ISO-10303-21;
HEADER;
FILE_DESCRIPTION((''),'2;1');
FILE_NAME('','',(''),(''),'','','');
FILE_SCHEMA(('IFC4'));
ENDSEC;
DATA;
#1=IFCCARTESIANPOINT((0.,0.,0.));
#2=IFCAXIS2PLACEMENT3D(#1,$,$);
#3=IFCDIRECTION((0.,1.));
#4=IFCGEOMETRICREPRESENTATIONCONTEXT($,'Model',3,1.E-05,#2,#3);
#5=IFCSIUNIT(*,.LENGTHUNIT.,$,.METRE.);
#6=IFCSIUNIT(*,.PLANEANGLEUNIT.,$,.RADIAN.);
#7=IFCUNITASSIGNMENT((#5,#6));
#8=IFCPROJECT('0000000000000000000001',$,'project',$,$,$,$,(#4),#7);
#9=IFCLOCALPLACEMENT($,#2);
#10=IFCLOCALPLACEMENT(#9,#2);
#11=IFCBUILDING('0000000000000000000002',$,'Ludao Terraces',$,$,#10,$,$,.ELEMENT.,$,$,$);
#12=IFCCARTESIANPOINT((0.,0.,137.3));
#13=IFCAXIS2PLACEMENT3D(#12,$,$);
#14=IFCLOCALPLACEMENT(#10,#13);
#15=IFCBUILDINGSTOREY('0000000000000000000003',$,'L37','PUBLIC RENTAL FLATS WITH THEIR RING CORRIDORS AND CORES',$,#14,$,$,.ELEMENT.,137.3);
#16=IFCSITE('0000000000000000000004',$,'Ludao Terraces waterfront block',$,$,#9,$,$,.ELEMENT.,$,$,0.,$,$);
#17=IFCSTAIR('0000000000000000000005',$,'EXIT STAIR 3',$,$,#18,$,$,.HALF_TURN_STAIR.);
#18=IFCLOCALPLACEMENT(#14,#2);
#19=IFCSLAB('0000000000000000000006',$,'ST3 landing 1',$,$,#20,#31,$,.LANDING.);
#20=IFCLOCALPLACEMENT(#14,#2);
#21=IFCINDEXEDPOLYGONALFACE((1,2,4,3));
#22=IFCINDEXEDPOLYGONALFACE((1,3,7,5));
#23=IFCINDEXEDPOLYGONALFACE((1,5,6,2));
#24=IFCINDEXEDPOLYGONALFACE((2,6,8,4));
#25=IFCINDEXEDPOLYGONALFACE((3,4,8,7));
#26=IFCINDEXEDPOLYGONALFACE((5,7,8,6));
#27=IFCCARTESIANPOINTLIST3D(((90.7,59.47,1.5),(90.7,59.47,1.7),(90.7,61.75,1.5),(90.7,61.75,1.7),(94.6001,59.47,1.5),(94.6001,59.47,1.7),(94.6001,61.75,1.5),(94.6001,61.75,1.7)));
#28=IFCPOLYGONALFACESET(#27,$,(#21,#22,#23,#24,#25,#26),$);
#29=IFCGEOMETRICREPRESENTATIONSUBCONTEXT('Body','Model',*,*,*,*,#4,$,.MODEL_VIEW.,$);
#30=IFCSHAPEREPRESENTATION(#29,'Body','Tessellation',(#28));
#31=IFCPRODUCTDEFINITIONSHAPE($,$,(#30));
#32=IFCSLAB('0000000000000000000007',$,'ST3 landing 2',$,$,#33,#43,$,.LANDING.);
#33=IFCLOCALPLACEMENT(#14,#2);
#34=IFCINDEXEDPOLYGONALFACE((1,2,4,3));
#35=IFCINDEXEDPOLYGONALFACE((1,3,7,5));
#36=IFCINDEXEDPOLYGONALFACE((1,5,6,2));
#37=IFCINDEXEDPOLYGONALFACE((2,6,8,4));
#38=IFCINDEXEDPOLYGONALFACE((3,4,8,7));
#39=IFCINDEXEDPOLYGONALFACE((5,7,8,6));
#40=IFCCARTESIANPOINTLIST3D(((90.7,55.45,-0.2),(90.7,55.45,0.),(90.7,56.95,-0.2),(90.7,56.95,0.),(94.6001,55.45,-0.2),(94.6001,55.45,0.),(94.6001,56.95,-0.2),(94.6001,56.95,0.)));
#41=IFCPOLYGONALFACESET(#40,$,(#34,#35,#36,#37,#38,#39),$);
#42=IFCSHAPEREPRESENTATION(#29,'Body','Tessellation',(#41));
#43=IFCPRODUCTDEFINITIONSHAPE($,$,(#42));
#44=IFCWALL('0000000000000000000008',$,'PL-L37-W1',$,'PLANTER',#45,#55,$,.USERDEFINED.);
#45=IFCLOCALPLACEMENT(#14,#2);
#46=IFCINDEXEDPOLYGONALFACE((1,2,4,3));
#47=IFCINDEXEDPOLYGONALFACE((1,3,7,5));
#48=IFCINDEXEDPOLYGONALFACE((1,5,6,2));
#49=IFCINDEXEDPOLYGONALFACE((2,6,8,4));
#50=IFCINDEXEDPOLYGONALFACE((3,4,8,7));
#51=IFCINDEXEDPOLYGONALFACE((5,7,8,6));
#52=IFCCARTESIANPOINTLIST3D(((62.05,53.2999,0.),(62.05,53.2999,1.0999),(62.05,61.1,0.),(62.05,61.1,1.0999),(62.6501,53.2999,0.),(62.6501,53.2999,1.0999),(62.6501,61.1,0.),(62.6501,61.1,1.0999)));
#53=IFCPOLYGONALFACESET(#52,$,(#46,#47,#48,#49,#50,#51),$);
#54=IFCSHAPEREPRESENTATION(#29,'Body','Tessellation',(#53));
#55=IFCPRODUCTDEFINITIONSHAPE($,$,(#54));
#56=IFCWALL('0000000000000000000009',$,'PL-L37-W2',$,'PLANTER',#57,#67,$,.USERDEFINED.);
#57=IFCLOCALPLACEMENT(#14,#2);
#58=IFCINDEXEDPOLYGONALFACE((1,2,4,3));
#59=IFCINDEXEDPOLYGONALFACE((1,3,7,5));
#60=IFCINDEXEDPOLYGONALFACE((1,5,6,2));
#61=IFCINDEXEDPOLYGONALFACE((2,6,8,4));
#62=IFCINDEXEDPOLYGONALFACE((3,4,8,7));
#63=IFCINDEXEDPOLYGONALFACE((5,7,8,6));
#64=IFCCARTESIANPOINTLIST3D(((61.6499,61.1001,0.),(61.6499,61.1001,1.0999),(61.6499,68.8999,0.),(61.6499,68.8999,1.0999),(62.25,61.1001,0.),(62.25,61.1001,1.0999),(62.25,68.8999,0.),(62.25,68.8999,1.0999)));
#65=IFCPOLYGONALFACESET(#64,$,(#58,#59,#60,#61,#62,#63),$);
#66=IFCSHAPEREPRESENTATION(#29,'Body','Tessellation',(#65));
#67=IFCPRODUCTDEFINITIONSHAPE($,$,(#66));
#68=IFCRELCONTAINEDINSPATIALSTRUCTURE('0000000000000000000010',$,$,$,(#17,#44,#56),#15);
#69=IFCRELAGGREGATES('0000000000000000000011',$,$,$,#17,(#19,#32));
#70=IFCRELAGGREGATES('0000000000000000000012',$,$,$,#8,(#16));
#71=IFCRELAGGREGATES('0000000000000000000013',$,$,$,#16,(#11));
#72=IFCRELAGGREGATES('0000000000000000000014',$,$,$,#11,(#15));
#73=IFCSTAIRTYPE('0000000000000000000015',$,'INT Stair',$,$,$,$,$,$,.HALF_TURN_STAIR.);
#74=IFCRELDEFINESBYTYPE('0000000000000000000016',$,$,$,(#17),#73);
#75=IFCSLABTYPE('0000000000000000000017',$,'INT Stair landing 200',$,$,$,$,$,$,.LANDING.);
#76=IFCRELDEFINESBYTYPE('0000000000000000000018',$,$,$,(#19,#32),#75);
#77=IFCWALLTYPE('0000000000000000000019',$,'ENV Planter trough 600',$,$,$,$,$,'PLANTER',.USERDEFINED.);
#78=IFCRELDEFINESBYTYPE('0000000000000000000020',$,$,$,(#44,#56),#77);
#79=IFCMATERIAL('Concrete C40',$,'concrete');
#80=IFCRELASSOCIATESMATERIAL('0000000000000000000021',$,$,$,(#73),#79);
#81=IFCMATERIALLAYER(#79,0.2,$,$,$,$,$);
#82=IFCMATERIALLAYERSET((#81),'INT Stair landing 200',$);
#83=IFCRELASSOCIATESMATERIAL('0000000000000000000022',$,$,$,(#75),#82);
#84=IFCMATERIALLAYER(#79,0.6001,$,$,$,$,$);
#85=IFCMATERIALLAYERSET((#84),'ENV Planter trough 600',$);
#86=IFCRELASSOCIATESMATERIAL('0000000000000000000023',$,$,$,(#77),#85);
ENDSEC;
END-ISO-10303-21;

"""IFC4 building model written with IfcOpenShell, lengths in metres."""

from ifc_helpers import new_model, si_unit, direction, frame, frame_2d, origin, place, context, subcontext, project, spatial, polyline, rectangle, outline, extrude, material, layer, layer_set, type_object, element, aggregate, save


model = new_model("IFC4")

# Units and contexts
model_context = context("Model", 3, precision=1e-05, world=origin(), true_north=direction((0.0, 1.0)))
body_context = subcontext(model_context, "Body", "Model", "MODEL_VIEW")
ifc_project = project(units=[si_unit("LENGTHUNIT", "METRE"), si_unit("PLANEANGLEUNIT", "RADIAN")], contexts=[model_context])

# Site, building, storey
site_placement = place(None, origin())
site = spatial("IfcSite", under=ifc_project, at=site_placement, Name="Ludao Terraces waterfront block", CompositionType="ELEMENT", RefElevation=0.0)
building_placement = place(site_placement, origin())
building = spatial("IfcBuilding", under=site, at=building_placement, Name="Ludao Terraces", CompositionType="ELEMENT")
storey_placement = place(building_placement, frame((0.0, 0.0, 137.3)))
storey = spatial("IfcBuildingStorey", under=building, at=storey_placement, Name="L37", Description="PUBLIC RENTAL FLATS WITH THEIR RING CORRIDORS AND CORES", CompositionType="ELEMENT", Elevation=137.3)

# Shared definitions
ifc_material_1 = material(Name="Concrete C40", Category="concrete")

# Stair, slabs
stair_type = type_object("IfcStairType", Name="INT Stair", PredefinedType="HALF_TURN_STAIR", material=ifc_material_1)
ifc_layer_1 = layer(ifc_material_1, 0.2)
ifc_layer_set_1 = layer_set([ifc_layer_1], Name="INT Stair landing 200")
slab_type_1 = type_object("IfcSlabType", Name="INT Stair landing 200", PredefinedType="LANDING", material=ifc_layer_set_1)
stair_1_placement = place(storey_placement, origin())
stair_1 = element("IfcStair", 1, at=stair_1_placement, inside=storey, type_object=stair_type, Name="EXIT STAIR 3", PredefinedType="HALF_TURN_STAIR")
slab_1_placement = place(storey_placement, frame((0.0, 0.0, 1.5)))
slab_1 = element("IfcSlab", 2, at=slab_1_placement, type_object=slab_type_1, Name="ST3 landing 1", PredefinedType="LANDING", context=body_context, shape_type="SweptSolid", body=[
    extrude(outline(polyline([(90.7, 59.47), (94.6001, 59.47), (94.6001, 61.75), (90.7, 61.75), (90.7, 59.47)])), origin(), (0.0, 0.0, 1.0), 0.2),
])
slab_2_placement = place(storey_placement, frame((0.0, 0.0, -0.2)))
slab_2 = element("IfcSlab", 3, at=slab_2_placement, type_object=slab_type_1, Name="ST3 landing 2", PredefinedType="LANDING", context=body_context, shape_type="SweptSolid", body=[
    extrude(outline(polyline([(90.7, 55.45), (94.6001, 55.45), (94.6001, 56.95), (90.7, 56.95), (90.7, 55.45)])), origin(), (0.0, 0.0, 1.0), 0.2),
])
aggregate(stair_1, [slab_1, slab_2])

# Walls
ifc_layer_2 = layer(ifc_material_1, 0.6001)
ifc_layer_set_2 = layer_set([ifc_layer_2], Name="ENV Planter trough 600")
wall_type = type_object("IfcWallType", Name="ENV Planter trough 600", ElementType="PLANTER", PredefinedType="USERDEFINED", material=ifc_layer_set_2)
wall_1_placement = place(storey_placement, frame((62.3501, 53.3, 0.0), z_axis=(0.0, 0.0, 1.0), x_axis=(0.0, 1.0, 0.0)))
element("IfcWall", 4, at=wall_1_placement, inside=storey, type_object=wall_type, Name="PL-L37-W1", ObjectType="PLANTER", PredefinedType="USERDEFINED", context=body_context, shape_type="SweptSolid", body=[
    extrude(rectangle(XDim=7.8, YDim=0.6001, at=frame_2d((3.8999, 0.0))), origin(), (0.0, 0.0, 1.0), 1.0999),
])
wall_2_placement = place(storey_placement, frame((61.95, 61.1001, 0.0), z_axis=(0.0, 0.0, 1.0), x_axis=(0.0, 1.0, 0.0)))
element("IfcWall", 5, at=wall_2_placement, inside=storey, type_object=wall_type, Name="PL-L37-W2", ObjectType="PLANTER", PredefinedType="USERDEFINED", context=body_context, shape_type="SweptSolid", body=[
    extrude(rectangle(XDim=7.7998, YDim=0.6001, at=frame_2d((3.8999, 0.0))), origin(), (0.0, 0.0, 1.0), 1.0999),
])

save(model, "model.ifc")
